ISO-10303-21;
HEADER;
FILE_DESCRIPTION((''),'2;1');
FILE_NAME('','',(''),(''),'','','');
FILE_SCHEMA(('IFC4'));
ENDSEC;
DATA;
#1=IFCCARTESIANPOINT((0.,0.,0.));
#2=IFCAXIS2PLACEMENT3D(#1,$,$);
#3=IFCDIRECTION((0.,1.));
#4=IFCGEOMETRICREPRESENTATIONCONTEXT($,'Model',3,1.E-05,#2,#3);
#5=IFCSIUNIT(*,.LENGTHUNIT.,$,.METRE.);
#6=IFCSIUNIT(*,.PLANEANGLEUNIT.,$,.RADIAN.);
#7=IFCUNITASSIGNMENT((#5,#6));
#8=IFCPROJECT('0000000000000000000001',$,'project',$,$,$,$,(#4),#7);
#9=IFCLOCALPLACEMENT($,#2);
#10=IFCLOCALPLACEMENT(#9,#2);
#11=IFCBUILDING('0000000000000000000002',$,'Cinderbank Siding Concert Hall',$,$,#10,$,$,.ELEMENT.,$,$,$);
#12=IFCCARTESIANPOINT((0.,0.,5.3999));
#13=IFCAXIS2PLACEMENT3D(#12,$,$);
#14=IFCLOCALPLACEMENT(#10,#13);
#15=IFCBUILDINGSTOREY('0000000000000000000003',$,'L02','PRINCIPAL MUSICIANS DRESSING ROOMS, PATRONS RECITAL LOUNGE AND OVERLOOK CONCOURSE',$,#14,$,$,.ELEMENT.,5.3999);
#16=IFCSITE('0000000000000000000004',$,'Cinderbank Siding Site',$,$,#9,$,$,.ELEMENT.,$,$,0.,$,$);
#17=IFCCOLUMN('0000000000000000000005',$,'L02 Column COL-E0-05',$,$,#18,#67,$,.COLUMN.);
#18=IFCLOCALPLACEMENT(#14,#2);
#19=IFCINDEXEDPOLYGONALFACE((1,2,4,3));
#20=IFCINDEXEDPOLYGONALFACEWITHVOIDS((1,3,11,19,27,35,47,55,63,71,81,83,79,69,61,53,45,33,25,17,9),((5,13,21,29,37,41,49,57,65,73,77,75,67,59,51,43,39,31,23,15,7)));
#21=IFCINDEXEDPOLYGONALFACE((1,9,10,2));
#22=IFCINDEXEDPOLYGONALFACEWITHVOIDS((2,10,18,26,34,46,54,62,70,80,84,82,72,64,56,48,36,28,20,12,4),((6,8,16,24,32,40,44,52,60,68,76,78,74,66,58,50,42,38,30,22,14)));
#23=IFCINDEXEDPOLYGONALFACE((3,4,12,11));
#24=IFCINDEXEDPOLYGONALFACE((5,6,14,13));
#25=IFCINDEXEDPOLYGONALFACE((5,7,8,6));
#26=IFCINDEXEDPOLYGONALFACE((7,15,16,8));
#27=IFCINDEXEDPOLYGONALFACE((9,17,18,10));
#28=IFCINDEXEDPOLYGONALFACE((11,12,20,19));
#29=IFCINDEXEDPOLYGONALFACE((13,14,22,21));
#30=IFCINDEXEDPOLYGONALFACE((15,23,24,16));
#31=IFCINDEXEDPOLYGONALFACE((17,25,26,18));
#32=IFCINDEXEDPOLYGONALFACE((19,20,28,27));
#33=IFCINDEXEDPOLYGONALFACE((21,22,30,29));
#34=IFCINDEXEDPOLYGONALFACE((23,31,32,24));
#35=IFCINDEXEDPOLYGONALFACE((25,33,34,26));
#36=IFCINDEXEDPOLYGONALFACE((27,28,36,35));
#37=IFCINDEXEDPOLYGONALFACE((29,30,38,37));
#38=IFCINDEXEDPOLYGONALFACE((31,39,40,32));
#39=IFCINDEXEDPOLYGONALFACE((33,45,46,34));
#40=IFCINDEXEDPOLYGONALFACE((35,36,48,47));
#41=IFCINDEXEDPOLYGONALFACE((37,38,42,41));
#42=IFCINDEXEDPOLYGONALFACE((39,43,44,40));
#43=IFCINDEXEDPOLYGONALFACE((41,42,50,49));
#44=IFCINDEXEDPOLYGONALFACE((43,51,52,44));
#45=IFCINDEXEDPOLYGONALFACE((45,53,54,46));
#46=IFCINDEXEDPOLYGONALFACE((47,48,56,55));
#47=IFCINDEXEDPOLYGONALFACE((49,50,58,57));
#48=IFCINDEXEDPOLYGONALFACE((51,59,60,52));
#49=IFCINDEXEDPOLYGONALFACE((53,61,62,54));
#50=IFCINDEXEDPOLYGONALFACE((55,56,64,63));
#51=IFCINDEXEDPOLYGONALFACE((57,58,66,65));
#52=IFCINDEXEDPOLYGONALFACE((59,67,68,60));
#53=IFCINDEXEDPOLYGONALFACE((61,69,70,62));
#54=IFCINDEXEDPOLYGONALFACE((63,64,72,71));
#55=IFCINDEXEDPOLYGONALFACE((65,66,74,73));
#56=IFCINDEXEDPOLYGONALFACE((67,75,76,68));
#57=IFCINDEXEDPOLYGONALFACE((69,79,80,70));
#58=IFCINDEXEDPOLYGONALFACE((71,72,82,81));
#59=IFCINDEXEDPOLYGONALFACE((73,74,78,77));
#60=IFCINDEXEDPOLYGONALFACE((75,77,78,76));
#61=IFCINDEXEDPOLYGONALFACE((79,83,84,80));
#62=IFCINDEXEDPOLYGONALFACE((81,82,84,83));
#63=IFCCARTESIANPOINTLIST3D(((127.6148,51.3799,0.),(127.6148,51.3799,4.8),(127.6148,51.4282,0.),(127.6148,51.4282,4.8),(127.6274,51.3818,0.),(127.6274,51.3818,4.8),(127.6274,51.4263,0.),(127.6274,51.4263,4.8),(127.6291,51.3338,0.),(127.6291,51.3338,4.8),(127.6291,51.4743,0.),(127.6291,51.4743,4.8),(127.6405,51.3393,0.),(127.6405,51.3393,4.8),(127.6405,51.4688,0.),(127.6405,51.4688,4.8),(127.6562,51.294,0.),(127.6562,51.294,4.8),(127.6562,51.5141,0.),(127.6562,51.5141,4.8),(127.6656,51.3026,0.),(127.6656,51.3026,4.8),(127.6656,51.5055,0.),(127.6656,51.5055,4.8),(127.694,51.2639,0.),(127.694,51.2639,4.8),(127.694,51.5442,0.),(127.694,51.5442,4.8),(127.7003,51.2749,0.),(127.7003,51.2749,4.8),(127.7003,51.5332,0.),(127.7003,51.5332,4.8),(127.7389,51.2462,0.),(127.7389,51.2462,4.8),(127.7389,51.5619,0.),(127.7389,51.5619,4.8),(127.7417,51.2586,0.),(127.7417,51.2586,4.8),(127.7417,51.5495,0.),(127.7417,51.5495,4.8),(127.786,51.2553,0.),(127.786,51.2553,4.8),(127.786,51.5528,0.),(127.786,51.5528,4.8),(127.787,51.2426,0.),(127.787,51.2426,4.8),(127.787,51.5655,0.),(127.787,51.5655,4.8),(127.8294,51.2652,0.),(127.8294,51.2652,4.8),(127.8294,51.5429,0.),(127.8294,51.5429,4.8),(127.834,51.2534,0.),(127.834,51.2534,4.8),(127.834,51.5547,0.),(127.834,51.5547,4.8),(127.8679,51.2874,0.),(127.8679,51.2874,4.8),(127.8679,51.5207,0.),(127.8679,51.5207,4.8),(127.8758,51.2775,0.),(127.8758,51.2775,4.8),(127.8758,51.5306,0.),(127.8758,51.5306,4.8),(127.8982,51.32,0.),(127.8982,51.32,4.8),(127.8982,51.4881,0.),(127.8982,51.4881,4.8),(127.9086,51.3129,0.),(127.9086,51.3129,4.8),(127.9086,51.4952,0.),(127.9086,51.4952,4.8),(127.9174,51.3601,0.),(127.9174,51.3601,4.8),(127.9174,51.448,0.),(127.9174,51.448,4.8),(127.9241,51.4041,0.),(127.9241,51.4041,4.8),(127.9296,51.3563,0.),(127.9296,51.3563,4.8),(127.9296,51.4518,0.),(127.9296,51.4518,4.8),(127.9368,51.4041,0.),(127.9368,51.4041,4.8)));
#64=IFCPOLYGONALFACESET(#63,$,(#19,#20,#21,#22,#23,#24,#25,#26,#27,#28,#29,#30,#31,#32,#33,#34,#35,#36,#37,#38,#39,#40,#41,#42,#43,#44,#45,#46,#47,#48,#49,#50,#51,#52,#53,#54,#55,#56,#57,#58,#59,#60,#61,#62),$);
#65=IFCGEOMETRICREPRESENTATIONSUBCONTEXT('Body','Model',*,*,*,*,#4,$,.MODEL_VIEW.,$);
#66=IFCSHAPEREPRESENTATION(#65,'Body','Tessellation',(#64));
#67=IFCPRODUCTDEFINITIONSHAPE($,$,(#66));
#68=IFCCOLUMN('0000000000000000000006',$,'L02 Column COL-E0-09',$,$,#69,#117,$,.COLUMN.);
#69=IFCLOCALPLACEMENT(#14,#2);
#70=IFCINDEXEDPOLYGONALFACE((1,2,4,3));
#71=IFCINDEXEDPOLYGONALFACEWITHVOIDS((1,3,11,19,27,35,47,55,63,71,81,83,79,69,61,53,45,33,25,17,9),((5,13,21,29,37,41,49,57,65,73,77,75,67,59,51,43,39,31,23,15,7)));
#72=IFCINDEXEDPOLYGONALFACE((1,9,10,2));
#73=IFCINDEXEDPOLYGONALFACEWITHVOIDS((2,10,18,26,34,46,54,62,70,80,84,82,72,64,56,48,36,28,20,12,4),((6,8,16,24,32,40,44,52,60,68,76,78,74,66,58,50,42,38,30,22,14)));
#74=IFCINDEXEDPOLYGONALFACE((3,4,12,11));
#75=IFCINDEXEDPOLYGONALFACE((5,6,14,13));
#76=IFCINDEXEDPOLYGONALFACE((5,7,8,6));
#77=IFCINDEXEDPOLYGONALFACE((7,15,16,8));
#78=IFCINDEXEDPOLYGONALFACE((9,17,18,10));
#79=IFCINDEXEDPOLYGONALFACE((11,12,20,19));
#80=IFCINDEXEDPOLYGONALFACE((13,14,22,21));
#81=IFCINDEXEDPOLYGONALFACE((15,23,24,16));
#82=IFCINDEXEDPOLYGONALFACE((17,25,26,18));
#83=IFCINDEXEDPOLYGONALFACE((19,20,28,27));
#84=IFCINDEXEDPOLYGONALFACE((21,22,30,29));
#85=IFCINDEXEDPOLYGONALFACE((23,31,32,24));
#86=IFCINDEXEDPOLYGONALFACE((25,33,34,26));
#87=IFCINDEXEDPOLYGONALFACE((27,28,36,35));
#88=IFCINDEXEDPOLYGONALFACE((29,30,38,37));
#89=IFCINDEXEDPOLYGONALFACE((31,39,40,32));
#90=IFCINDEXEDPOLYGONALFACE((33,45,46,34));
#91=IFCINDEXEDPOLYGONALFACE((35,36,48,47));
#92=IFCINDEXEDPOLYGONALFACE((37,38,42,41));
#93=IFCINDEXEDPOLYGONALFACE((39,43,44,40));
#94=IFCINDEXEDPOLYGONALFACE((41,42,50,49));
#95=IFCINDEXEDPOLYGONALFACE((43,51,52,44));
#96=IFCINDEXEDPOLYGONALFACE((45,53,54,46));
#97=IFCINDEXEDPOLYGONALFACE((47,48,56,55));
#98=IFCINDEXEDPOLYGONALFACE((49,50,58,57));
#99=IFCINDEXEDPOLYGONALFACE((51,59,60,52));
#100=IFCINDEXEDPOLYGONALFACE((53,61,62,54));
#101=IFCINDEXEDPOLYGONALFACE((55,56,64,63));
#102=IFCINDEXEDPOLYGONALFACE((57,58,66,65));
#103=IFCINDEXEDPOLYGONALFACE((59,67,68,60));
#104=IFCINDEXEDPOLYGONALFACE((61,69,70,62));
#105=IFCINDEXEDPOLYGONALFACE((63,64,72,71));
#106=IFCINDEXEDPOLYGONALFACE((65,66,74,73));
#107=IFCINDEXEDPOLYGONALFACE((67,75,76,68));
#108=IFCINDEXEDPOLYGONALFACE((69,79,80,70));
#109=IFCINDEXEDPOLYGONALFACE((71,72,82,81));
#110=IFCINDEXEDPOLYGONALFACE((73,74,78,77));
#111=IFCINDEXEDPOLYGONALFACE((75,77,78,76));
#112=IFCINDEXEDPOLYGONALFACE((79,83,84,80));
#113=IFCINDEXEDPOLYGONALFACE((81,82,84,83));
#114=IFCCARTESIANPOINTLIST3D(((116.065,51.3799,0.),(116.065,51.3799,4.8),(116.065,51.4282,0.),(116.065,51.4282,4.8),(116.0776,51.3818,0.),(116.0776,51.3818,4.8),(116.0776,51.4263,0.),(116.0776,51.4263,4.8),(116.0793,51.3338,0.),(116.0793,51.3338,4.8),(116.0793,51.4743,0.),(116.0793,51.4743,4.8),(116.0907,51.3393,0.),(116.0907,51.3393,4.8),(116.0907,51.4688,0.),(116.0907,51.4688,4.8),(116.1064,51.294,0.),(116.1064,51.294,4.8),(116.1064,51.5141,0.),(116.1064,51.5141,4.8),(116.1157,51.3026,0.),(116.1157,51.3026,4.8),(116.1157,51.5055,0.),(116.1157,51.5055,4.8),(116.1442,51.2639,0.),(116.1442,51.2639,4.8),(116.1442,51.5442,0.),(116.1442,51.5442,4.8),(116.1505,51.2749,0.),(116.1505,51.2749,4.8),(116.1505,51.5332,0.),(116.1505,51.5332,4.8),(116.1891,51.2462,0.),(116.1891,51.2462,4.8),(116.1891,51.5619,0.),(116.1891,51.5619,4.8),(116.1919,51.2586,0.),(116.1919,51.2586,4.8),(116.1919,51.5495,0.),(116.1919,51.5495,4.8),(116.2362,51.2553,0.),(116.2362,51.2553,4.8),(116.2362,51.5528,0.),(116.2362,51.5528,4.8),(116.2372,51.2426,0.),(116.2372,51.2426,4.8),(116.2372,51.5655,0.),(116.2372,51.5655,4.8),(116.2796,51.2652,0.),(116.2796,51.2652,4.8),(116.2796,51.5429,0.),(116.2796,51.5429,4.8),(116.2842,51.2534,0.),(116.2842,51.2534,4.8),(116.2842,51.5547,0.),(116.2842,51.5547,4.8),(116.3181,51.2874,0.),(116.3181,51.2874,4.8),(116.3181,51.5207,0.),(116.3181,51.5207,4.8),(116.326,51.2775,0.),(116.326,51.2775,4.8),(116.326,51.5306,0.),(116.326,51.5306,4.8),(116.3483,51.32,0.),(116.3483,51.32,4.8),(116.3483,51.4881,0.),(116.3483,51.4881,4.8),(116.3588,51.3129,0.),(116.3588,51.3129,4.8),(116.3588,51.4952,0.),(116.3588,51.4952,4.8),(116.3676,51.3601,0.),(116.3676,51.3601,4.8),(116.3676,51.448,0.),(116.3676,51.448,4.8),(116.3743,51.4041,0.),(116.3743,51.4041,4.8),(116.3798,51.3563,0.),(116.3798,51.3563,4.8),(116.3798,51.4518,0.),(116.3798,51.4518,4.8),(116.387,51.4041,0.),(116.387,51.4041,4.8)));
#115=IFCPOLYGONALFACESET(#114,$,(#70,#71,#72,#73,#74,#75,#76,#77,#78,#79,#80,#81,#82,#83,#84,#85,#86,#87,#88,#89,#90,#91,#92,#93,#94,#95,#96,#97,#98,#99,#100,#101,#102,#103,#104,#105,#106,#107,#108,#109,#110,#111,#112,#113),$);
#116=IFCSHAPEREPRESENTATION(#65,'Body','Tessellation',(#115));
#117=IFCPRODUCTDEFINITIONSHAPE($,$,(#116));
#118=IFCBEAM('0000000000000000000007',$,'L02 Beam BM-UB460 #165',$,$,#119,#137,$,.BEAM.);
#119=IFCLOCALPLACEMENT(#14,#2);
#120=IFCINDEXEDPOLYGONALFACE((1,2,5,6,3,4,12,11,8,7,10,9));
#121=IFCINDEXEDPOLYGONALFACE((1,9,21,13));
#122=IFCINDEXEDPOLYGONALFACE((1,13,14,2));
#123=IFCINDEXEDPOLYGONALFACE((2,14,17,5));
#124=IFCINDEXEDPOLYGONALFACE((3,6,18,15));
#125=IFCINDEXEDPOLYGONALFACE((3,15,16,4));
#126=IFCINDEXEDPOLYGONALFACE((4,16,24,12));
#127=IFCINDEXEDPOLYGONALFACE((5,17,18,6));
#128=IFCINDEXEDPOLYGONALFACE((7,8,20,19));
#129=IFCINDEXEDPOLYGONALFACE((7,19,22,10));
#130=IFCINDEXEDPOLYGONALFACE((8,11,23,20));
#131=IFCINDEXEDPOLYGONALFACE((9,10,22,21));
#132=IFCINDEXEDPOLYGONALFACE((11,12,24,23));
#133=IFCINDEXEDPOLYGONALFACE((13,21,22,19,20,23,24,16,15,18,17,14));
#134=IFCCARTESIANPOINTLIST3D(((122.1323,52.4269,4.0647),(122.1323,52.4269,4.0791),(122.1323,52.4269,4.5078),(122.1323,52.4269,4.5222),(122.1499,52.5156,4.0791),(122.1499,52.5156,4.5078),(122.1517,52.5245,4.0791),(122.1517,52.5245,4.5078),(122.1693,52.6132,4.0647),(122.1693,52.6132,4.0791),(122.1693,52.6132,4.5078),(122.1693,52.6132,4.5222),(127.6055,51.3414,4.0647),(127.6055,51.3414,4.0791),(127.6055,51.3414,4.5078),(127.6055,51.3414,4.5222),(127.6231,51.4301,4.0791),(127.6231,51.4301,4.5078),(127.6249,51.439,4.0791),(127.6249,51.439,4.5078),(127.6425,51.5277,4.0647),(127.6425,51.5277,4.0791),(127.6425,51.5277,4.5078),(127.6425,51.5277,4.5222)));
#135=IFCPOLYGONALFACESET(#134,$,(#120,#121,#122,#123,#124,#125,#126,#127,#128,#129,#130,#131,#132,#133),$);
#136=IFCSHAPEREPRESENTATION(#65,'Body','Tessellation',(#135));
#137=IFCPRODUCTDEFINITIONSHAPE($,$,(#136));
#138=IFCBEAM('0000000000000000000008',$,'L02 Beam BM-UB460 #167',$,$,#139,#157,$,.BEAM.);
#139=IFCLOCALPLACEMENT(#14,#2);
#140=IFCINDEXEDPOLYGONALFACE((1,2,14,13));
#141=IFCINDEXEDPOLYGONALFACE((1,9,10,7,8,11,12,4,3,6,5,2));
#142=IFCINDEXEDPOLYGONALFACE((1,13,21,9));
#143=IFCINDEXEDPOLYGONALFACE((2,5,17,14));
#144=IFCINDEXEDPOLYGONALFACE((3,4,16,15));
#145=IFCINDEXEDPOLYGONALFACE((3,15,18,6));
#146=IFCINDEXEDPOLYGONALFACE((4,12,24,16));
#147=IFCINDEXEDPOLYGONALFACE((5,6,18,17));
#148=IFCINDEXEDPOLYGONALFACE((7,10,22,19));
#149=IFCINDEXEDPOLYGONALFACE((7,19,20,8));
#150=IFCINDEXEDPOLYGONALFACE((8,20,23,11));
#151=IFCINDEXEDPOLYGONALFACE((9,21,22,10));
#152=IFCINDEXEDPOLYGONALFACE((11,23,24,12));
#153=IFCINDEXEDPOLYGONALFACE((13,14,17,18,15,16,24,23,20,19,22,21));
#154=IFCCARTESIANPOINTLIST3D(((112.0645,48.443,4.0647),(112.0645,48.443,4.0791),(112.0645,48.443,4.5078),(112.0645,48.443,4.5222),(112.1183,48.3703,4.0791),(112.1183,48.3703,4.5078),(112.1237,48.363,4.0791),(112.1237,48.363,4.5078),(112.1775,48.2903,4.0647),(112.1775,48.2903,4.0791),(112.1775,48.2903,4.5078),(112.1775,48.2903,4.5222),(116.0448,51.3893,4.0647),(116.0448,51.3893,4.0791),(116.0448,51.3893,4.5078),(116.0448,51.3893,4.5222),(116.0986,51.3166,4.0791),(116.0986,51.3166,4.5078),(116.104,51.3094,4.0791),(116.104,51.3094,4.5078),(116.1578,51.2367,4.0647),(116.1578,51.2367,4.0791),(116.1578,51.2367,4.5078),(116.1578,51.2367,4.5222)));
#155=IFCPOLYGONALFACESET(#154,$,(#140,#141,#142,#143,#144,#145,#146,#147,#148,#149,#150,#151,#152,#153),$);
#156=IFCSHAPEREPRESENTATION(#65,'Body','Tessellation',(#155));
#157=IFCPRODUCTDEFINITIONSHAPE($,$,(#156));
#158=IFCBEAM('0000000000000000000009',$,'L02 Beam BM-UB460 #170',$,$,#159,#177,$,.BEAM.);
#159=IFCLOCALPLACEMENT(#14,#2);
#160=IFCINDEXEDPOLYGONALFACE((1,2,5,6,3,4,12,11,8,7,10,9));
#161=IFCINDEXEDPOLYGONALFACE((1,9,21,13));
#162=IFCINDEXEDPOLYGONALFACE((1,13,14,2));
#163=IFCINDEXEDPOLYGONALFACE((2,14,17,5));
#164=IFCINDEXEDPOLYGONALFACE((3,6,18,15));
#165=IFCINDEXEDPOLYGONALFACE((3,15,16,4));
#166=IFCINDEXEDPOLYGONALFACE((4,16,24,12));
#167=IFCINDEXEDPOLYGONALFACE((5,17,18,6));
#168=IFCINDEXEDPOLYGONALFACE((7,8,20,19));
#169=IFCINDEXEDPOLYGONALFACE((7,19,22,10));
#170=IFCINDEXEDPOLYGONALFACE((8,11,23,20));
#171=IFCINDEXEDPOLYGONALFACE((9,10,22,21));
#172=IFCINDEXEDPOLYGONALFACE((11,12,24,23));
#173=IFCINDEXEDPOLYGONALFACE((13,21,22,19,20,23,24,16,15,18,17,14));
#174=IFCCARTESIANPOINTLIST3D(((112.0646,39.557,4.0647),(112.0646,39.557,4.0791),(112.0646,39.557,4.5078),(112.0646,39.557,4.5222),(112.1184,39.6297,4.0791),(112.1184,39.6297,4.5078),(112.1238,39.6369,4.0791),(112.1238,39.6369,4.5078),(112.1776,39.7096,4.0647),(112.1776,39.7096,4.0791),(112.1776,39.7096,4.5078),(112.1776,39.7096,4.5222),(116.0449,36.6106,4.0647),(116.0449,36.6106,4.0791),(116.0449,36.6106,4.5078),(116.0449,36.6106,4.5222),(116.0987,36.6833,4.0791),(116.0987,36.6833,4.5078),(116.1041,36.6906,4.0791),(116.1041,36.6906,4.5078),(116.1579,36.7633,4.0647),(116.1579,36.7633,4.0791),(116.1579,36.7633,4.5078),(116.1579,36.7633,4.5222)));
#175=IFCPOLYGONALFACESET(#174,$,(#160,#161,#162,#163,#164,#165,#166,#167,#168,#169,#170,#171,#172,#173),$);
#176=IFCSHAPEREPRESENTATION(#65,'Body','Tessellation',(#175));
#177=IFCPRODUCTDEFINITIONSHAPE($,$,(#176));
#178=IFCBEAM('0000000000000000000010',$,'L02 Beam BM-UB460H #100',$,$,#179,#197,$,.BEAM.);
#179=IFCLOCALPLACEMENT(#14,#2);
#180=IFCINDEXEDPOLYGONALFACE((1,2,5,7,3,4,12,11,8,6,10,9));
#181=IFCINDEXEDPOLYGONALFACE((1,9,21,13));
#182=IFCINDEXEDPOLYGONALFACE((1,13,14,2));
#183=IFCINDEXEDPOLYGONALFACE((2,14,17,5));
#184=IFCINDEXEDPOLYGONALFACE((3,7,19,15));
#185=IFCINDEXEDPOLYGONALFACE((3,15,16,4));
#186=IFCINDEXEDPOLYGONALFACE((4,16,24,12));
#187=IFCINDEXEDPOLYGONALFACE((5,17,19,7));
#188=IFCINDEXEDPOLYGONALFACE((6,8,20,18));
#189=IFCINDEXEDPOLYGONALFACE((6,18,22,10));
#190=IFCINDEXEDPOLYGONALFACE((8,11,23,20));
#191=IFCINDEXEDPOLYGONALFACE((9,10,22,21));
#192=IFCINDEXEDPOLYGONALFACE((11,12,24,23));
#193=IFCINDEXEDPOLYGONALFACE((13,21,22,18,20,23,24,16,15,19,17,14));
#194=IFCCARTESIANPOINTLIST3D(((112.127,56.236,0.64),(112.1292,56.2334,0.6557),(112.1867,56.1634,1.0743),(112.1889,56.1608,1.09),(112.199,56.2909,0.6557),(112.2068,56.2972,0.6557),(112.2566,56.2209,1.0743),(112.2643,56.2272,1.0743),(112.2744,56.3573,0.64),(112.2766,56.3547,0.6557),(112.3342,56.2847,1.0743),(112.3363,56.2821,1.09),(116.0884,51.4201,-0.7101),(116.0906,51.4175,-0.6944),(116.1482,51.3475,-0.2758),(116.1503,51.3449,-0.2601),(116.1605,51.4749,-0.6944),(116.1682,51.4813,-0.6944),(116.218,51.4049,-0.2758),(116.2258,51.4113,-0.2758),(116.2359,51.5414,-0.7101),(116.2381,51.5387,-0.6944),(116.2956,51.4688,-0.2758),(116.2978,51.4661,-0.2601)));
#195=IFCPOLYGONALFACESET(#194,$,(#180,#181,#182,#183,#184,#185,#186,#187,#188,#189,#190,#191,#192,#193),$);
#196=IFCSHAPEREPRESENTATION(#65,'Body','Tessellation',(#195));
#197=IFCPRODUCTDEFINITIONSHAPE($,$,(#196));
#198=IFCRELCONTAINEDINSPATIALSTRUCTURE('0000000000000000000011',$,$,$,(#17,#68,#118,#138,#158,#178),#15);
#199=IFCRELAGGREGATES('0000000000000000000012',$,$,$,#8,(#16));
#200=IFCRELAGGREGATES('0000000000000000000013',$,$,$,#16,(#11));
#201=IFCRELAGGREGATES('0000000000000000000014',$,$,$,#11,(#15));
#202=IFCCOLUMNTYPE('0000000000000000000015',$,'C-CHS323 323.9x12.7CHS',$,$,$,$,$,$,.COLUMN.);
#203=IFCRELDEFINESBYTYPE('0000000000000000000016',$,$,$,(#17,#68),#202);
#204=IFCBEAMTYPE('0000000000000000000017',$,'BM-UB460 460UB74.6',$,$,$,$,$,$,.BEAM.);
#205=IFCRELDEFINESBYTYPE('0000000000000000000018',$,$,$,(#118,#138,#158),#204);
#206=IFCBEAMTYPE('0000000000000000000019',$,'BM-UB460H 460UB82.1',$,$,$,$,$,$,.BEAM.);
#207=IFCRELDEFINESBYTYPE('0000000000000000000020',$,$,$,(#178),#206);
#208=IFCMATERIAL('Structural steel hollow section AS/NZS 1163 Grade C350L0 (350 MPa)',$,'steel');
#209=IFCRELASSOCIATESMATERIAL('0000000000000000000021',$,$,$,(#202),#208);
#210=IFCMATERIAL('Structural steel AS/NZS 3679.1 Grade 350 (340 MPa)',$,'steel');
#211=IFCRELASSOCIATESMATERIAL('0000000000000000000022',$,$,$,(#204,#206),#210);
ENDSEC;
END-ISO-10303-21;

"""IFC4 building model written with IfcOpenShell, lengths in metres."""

from ifc_helpers import new_model, si_unit, direction, frame, origin, origin_2d, place, context, subcontext, project, spatial, hollow_circle, i_section, extrude, material, material_profile, profile_set, type_object, element, save


model = new_model("IFC4")

# Units and contexts
model_context = context("Model", 3, precision=1e-05, world=origin(), true_north=direction((0.0, 1.0)))
body_context = subcontext(model_context, "Body", "Model", "MODEL_VIEW")
ifc_project = project(units=[si_unit("LENGTHUNIT", "METRE"), si_unit("PLANEANGLEUNIT", "RADIAN")], contexts=[model_context])

# Site, building, storey
site_placement = place(None, origin())
site = spatial("IfcSite", under=ifc_project, at=site_placement, Name="Cinderbank Siding Site", CompositionType="ELEMENT", RefElevation=0.0)
building_placement = place(site_placement, origin())
building = spatial("IfcBuilding", under=site, at=building_placement, Name="Cinderbank Siding Concert Hall", CompositionType="ELEMENT")
storey_placement = place(building_placement, frame((0.0, 0.0, 5.3999)))
storey = spatial("IfcBuildingStorey", under=building, at=storey_placement, Name="L02", Description="PRINCIPAL MUSICIANS DRESSING ROOMS, PATRONS RECITAL LOUNGE AND OVERLOOK CONCOURSE", CompositionType="ELEMENT", Elevation=5.3999)

# Columns
ifc_material_1 = material(Name="Structural steel hollow section AS/NZS 1163 Grade C350L0 (350 MPa)", Category="steel")
ifc_material_profile_1 = material_profile(ifc_material_1, hollow_circle(Radius=0.1619, WallThickness=0.0127, at=origin_2d()), Name="323.9x12.7CHS", Category="LoadBearing")
ifc_profile_set_1 = profile_set([ifc_material_profile_1], Name="Structural steel hollow section AS/NZS 1163 Grade C350L0 (350 MPa)")
column_type = type_object("IfcColumnType", Name="C-CHS323 323.9x12.7CHS", PredefinedType="COLUMN", material=ifc_profile_set_1)
for number, where, z_axis, x_axis, name in (
    (1, (127.7749, 51.4041, 0.0), (0.0, 0.0, 1.0), (1.0, 0.0, 0.0), "L02 Column COL-E0-05"),
    (2, (116.2251, 51.4041, 0.0), (0.0, 0.0, 1.0), (1.0, 0.0, 0.0), "L02 Column COL-E0-09"),
):
    element("IfcColumn", number, at=place(storey_placement, frame(where, z_axis=z_axis, x_axis=x_axis)), inside=storey, type_object=column_type, Name=name, PredefinedType="COLUMN", context=body_context, shape_type="SweptSolid", body=[
        extrude(hollow_circle(Radius=0.1619, WallThickness=0.0127, at=origin_2d()), origin(), (0.0, 0.0, 1.0), 4.8),
    ])

# Beams
ifc_material_2 = material(Name="Structural steel AS/NZS 3679.1 Grade 350 (340 MPa)", Category="steel")
ifc_material_profile_2 = material_profile(ifc_material_2, i_section(OverallWidth=0.1899, OverallDepth=0.4575, WebThickness=0.009, FlangeThickness=0.0144, at=origin_2d()), Name="460UB74.6", Category="LoadBearing")
ifc_profile_set_2 = profile_set([ifc_material_profile_2], Name="Structural steel AS/NZS 3679.1 Grade 350 (340 MPa)")
beam_type_1 = type_object("IfcBeamType", Name="BM-UB460 460UB74.6", PredefinedType="BEAM", material=ifc_profile_set_2)
beam_1_placement = place(storey_placement, frame((127.624, 51.4346, 4.2935), z_axis=(-0.980896, 0.194534, 0.0), x_axis=(-0.194534, -0.980896, 0.0)))
element("IfcBeam", 3, at=beam_1_placement, inside=storey, type_object=beam_type_1, Name="L02 Beam BM-UB460 #165", PredefinedType="BEAM", context=body_context, shape_type="SweptSolid", body=[
    extrude(i_section(OverallWidth=0.1899, OverallDepth=0.4575, WebThickness=0.009, FlangeThickness=0.0144, at=origin_2d()), origin(), (0.0, 0.0, 1.0), 5.5798),
])
for number, where, z_axis, x_axis, name in (
    (4, (116.1013, 51.313, 4.2935), (-0.803753, -0.594963, 0.0), (0.594963, -0.803753, 0.0), "L02 Beam BM-UB460 #167"),
    (5, (112.1211, 39.6333, 4.2935), (0.803753, -0.594963, 0.0), (0.594963, 0.803753, 0.0), "L02 Beam BM-UB460 #170"),
):
    element("IfcBeam", number, at=place(storey_placement, frame(where, z_axis=z_axis, x_axis=x_axis)), inside=storey, type_object=beam_type_1, Name=name, PredefinedType="BEAM", context=body_context, shape_type="SweptSolid", body=[
        extrude(i_section(OverallWidth=0.1899, OverallDepth=0.4575, WebThickness=0.009, FlangeThickness=0.0144, at=origin_2d()), origin(), (0.0, 0.0, 1.0), 4.9521),
    ])
ifc_material_profile_3 = material_profile(ifc_material_2, i_section(OverallWidth=0.1909, OverallDepth=0.4604, WebThickness=0.01, FlangeThickness=0.0161, at=origin_2d()), Name="460UB82.1", Category="LoadBearing")
ifc_profile_set_3 = profile_set([ifc_material_profile_3], Name="Structural steel AS/NZS 3679.1 Grade 350 (340 MPa)")
beam_type_2 = type_object("IfcBeamType", Name="BM-UB460H 460UB82.1", PredefinedType="BEAM", material=ifc_profile_set_3)
beam_2_placement = place(storey_placement, frame((116.1931, 51.4431, -0.4851), z_axis=(-0.62088, 0.754806, 0.211603), x_axis=(-0.772294, -0.635265, 0.0)))
element("IfcBeam", 6, at=beam_2_placement, inside=storey, type_object=beam_type_2, Name="L02 Beam BM-UB460H #100", PredefinedType="BEAM", context=body_context, shape_type="SweptSolid", body=[
    extrude(i_section(OverallWidth=0.1909, OverallDepth=0.4604, WebThickness=0.01, FlangeThickness=0.0161, at=origin_2d()), origin(), (0.0, 0.0, 1.0), 6.3804),
])

save(model, "model.ifc")
